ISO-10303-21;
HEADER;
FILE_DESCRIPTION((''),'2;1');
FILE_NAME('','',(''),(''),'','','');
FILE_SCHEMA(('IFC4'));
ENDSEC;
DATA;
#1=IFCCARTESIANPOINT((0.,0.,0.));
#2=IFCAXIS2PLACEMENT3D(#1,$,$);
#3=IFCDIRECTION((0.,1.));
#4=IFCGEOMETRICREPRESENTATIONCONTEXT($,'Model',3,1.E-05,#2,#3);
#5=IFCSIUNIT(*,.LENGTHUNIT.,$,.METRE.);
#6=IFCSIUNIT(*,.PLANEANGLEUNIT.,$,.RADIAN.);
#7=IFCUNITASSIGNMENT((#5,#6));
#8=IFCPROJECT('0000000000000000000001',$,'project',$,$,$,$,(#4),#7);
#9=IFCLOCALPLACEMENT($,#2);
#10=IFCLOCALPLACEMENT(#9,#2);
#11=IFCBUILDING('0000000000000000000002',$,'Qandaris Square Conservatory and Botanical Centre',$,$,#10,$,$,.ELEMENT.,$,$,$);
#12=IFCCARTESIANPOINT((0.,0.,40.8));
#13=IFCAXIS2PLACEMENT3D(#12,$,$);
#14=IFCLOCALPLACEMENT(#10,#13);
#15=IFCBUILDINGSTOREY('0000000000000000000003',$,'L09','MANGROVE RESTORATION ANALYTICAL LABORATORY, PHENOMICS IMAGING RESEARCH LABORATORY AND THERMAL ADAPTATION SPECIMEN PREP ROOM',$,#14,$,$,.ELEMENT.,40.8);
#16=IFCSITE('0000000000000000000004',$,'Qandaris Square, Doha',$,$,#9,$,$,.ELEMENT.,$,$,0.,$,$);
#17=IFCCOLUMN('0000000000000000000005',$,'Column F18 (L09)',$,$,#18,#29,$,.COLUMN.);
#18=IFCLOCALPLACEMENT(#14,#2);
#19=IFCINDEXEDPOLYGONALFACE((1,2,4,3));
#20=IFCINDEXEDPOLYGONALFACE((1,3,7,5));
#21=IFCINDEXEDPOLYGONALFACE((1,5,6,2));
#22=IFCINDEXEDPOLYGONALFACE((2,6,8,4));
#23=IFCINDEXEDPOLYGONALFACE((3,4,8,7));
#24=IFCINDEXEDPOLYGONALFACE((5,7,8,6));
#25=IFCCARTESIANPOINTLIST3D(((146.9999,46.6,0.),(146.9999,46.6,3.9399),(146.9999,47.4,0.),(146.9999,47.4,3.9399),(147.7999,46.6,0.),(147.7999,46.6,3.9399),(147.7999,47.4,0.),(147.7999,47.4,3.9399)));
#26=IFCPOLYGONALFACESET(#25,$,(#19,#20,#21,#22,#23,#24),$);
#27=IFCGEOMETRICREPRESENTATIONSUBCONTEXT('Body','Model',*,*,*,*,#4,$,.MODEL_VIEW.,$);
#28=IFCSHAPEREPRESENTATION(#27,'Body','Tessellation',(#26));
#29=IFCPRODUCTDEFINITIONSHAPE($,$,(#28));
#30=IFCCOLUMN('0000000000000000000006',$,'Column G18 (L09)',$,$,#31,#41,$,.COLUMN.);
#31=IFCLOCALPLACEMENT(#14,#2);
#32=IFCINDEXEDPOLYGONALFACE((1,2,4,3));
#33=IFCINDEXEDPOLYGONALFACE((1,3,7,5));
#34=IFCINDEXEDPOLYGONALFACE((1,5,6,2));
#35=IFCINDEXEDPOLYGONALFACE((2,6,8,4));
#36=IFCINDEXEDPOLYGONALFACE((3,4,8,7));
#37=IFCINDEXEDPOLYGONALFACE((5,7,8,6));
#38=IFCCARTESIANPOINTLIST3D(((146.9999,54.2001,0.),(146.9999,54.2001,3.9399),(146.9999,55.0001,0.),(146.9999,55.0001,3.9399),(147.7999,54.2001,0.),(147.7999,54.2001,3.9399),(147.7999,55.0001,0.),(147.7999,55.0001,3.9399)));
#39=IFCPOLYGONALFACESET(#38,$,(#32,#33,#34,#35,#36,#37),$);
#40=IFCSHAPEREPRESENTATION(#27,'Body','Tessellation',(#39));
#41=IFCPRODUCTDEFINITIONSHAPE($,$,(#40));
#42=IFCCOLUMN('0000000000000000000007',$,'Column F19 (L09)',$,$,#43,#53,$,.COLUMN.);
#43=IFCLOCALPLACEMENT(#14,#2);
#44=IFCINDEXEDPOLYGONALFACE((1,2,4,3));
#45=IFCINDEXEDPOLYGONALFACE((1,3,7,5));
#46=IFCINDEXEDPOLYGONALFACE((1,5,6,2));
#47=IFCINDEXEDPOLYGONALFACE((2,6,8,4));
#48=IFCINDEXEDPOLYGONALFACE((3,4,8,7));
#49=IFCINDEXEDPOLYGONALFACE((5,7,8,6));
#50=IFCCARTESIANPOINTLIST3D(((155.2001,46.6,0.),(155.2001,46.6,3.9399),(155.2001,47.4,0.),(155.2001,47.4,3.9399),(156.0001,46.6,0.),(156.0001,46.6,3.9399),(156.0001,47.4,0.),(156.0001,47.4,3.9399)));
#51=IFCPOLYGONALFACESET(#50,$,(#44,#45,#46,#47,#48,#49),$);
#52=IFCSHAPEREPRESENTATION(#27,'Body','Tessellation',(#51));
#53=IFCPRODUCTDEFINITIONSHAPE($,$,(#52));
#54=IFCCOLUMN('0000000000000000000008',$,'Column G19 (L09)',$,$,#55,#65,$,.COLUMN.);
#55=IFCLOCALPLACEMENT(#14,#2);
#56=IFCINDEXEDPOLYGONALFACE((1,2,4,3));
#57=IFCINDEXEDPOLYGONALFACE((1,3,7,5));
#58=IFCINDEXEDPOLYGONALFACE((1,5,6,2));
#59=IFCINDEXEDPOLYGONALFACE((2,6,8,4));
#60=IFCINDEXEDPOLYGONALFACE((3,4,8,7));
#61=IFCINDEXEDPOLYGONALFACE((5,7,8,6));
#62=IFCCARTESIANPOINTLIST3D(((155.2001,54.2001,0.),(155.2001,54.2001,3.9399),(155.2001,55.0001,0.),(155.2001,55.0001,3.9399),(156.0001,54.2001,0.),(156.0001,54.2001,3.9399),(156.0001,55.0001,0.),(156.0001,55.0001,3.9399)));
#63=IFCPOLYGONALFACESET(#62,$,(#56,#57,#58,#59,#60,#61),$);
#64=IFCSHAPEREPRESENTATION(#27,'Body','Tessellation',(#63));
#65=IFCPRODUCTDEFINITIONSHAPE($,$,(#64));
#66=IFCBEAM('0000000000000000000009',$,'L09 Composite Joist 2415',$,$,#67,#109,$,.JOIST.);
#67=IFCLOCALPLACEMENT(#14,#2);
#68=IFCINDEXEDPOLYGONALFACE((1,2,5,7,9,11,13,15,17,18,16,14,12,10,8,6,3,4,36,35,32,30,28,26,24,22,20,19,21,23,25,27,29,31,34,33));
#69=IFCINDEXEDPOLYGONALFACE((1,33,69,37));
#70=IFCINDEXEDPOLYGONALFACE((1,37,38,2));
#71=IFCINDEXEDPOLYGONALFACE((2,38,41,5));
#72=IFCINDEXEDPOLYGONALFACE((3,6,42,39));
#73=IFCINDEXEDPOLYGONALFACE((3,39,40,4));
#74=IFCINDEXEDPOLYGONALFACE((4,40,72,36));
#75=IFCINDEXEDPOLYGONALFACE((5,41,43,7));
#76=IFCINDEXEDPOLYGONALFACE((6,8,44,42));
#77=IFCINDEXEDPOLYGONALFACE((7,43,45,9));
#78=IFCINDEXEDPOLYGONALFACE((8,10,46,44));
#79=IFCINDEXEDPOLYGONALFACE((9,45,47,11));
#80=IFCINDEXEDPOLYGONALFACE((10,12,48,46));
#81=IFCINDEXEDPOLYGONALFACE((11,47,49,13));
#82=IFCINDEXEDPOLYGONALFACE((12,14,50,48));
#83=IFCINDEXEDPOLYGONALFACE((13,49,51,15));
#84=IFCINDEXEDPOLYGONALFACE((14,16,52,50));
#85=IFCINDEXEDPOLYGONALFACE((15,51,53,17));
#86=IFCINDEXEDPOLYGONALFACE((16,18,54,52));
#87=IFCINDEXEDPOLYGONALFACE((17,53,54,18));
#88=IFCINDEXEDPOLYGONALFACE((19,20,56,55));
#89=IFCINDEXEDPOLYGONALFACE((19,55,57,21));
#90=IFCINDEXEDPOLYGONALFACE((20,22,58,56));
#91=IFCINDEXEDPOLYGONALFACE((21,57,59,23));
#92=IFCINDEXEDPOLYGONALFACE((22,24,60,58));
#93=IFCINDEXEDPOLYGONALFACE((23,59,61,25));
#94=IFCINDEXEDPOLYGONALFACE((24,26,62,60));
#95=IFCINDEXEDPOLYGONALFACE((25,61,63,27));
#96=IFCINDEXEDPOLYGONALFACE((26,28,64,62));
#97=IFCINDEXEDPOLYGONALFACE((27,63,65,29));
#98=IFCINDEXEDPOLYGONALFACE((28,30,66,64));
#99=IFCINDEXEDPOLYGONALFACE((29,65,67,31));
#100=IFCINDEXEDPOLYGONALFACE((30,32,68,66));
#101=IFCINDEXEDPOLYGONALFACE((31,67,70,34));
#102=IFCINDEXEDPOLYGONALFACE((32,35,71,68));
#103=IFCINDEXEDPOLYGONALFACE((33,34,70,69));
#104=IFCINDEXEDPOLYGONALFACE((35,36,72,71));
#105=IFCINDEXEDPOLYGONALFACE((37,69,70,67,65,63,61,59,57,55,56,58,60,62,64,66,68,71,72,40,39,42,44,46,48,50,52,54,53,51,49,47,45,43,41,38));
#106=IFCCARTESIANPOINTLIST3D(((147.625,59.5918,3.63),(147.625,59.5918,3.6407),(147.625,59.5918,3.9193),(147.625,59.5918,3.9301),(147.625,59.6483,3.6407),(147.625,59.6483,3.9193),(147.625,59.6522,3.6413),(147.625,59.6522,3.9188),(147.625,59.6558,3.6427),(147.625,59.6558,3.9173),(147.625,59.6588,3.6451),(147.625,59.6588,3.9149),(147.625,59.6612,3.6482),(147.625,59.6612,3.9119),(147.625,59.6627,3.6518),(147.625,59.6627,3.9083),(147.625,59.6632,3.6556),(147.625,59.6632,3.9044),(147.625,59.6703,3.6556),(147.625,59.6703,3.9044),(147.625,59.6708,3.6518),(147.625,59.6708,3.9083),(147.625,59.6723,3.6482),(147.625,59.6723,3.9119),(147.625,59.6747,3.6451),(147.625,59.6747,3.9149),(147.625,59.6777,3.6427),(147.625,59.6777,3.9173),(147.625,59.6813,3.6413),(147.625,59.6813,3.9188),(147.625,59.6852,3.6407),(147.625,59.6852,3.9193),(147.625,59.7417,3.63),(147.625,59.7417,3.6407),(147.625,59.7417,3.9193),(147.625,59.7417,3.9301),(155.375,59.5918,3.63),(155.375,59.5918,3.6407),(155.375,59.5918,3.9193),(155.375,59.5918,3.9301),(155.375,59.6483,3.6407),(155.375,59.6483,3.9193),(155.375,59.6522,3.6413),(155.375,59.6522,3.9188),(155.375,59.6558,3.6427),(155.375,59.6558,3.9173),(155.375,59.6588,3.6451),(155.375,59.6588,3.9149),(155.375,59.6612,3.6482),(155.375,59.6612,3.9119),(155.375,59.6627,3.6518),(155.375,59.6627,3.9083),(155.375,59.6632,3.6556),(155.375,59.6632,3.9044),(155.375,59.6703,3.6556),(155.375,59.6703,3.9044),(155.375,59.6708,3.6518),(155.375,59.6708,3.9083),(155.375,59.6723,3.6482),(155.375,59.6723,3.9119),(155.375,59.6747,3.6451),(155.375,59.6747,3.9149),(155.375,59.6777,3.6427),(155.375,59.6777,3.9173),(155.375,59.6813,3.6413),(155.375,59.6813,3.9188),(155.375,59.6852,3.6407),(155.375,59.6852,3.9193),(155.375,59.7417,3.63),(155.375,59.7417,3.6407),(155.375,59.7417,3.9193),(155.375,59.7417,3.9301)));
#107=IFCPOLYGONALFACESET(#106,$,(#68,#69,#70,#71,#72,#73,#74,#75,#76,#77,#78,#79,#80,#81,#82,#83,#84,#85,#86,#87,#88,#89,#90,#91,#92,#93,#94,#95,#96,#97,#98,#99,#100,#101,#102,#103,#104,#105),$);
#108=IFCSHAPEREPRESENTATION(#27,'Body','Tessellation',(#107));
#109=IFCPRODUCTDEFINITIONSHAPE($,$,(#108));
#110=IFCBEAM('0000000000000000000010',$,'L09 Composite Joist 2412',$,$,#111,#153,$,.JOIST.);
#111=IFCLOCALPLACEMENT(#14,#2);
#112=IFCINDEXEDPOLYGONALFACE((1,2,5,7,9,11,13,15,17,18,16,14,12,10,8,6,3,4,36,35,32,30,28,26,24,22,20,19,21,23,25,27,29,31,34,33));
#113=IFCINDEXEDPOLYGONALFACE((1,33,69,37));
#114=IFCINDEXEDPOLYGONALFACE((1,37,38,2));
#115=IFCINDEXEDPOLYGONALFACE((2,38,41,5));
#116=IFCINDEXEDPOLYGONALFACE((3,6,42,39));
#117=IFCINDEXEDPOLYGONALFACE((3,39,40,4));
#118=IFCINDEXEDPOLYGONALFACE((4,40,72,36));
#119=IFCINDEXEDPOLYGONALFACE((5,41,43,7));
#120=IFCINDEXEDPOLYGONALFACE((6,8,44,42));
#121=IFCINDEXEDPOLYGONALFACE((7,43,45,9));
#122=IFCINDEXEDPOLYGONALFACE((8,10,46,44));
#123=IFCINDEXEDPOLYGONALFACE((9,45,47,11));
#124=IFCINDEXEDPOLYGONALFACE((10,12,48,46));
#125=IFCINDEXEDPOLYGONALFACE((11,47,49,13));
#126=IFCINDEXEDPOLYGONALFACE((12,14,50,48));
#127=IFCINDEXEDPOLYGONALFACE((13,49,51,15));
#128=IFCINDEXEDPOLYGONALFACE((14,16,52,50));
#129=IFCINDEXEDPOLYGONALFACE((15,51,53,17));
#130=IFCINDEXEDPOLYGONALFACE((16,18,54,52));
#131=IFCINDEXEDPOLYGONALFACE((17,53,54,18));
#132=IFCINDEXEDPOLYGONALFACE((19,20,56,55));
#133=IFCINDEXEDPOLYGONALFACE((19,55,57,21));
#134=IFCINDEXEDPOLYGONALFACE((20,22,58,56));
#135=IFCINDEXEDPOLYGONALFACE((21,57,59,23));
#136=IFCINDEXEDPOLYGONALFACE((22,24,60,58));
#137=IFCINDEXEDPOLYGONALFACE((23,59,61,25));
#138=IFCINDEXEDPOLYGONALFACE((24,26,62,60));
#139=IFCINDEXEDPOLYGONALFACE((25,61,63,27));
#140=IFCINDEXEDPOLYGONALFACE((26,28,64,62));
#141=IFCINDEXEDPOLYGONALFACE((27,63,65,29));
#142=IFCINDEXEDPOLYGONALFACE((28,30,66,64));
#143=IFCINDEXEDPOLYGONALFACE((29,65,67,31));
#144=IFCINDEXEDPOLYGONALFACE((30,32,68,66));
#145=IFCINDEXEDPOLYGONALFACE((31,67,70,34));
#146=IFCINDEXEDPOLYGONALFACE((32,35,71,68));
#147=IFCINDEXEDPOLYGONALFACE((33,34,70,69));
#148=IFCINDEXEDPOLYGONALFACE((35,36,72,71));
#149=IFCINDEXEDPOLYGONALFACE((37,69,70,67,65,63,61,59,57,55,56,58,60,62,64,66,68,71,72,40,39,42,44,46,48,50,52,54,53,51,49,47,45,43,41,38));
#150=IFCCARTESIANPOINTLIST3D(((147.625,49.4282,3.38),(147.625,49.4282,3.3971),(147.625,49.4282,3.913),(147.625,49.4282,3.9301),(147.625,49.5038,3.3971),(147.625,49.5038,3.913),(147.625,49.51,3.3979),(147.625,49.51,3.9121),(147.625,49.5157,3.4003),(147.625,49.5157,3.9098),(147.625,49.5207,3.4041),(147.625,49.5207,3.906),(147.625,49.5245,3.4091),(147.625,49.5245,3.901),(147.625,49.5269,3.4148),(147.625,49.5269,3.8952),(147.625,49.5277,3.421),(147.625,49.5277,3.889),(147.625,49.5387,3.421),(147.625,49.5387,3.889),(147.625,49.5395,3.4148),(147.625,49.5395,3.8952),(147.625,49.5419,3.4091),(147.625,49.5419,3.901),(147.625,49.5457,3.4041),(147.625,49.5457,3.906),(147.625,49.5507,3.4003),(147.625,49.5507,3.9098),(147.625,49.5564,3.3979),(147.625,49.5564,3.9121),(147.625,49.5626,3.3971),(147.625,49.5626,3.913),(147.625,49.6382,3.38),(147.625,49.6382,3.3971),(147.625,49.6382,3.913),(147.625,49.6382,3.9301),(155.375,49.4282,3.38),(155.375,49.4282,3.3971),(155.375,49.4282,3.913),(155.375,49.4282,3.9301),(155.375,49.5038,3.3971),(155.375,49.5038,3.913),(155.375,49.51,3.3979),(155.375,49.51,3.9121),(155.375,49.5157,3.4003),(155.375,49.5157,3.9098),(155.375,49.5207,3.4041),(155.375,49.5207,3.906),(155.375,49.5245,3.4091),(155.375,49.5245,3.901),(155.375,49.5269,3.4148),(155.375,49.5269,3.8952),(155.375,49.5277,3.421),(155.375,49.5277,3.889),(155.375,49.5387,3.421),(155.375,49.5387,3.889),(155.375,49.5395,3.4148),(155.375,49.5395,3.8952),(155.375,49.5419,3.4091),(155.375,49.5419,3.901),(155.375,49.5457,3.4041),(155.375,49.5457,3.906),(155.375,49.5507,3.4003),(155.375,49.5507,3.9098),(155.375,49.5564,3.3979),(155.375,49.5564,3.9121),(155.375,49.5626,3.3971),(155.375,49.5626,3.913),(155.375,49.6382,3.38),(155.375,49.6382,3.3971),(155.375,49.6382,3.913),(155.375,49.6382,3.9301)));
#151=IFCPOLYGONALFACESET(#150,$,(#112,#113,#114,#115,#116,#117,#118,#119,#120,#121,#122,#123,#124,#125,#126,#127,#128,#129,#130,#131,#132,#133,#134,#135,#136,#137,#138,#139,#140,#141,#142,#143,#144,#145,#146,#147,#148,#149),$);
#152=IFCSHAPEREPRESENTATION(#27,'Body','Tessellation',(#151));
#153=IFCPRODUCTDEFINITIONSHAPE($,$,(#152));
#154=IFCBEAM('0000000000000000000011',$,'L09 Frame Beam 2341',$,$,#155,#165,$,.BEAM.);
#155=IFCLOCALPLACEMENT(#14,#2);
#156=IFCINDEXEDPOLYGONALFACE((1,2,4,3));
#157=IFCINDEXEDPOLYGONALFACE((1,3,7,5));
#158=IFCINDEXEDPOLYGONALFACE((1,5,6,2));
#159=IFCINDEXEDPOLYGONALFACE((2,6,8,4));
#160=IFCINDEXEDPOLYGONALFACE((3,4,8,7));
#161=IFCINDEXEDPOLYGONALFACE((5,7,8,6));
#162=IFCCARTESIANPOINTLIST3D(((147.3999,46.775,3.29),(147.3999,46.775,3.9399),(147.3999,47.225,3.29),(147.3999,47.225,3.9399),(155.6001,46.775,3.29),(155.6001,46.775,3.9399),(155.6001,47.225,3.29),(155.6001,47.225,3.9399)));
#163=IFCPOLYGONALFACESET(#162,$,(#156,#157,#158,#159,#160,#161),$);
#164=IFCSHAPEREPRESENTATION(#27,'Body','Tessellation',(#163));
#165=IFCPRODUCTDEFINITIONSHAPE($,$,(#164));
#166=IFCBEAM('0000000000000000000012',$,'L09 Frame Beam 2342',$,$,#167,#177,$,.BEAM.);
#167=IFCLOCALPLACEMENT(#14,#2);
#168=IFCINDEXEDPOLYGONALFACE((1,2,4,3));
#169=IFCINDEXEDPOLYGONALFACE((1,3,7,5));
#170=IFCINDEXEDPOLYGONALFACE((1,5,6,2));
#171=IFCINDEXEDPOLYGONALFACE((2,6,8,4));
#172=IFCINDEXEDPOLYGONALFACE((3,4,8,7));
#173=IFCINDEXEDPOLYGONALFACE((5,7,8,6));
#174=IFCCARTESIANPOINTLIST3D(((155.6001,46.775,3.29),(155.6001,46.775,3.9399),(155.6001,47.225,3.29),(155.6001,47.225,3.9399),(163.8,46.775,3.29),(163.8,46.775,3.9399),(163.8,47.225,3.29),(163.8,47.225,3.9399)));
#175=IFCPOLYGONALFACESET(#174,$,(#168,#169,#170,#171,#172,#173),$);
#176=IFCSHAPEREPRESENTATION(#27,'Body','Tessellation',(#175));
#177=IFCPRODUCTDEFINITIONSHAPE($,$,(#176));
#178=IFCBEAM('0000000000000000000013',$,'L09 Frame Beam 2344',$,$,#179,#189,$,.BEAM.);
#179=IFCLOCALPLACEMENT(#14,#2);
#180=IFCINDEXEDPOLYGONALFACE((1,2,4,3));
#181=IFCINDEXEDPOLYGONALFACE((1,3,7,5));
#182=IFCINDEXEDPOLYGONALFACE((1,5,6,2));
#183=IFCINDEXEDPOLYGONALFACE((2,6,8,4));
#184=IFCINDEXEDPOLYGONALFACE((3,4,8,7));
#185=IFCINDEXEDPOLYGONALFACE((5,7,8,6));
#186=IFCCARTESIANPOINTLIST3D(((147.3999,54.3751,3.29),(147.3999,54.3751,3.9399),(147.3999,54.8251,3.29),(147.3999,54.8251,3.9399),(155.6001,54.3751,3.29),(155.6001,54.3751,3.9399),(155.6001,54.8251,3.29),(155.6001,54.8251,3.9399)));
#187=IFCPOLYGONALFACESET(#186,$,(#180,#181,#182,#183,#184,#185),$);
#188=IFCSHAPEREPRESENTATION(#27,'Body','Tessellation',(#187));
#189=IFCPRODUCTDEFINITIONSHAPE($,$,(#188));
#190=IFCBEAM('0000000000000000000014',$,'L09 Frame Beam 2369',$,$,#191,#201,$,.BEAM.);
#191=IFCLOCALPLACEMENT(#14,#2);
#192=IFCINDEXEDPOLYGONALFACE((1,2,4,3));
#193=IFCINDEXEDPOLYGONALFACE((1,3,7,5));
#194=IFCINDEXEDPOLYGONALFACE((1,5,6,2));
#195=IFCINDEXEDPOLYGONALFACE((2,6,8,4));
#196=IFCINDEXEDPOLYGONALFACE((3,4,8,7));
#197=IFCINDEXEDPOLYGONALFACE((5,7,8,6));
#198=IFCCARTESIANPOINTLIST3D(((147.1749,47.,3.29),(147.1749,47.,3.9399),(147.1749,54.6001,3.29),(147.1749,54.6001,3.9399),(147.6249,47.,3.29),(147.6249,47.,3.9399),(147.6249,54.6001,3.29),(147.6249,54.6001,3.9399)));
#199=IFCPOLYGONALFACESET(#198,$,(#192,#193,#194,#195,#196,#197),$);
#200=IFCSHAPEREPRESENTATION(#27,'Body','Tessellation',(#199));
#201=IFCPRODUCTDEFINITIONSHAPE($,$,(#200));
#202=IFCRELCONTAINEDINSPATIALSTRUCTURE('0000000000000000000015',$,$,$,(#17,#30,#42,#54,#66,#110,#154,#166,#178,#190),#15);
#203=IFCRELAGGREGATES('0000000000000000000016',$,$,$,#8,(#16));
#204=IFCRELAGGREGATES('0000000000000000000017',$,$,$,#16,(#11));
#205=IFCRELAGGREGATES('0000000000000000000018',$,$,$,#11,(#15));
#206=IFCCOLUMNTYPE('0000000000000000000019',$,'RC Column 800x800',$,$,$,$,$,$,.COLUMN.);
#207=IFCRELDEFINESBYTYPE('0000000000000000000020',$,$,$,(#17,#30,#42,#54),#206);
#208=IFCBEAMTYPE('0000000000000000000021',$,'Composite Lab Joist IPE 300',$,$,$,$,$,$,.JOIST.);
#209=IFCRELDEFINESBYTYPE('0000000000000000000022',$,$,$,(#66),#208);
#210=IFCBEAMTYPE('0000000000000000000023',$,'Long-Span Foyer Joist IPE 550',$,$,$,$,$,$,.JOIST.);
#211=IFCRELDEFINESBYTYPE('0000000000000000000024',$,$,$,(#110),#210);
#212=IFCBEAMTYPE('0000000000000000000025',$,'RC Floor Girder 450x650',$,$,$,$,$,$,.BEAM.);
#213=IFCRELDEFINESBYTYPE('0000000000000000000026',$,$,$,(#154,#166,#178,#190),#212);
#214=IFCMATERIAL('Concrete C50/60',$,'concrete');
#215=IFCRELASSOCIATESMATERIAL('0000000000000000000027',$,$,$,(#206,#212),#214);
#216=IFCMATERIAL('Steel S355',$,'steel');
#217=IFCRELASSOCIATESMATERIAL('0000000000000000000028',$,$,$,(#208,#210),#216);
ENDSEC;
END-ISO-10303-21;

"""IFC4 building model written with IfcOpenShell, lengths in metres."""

from ifc_helpers import new_model, si_unit, direction, frame, origin, origin_2d, place, context, subcontext, project, spatial, rectangle, i_section, extrude, material, material_profile, profile_set, type_object, element, save


model = new_model("IFC4")

# Units and contexts
model_context = context("Model", 3, precision=1e-05, world=origin(), true_north=direction((0.0, 1.0)))
body_context = subcontext(model_context, "Body", "Model", "MODEL_VIEW")
ifc_project = project(units=[si_unit("LENGTHUNIT", "METRE"), si_unit("PLANEANGLEUNIT", "RADIAN")], contexts=[model_context])

# Site, building, storey
site_placement = place(None, origin())
site = spatial("IfcSite", under=ifc_project, at=site_placement, Name="Qandaris Square, Doha", CompositionType="ELEMENT", RefElevation=0.0)
building_placement = place(site_placement, origin())
building = spatial("IfcBuilding", under=site, at=building_placement, Name="Qandaris Square Conservatory and Botanical Centre", CompositionType="ELEMENT")
storey_placement = place(building_placement, frame((0.0, 0.0, 40.8)))
storey = spatial("IfcBuildingStorey", under=building, at=storey_placement, Name="L09", Description="MANGROVE RESTORATION ANALYTICAL LABORATORY, PHENOMICS IMAGING RESEARCH LABORATORY AND THERMAL ADAPTATION SPECIMEN PREP ROOM", CompositionType="ELEMENT", Elevation=40.8)

# Columns
ifc_material_1 = material(Name="Concrete C50/60", Category="concrete")
ifc_material_profile_1 = material_profile(ifc_material_1, rectangle(XDim=0.8, YDim=0.8, at=origin_2d()), Name="RC-COL 800x800")
ifc_profile_set_1 = profile_set([ifc_material_profile_1], Name="Concrete C50/60")
column_type = type_object("IfcColumnType", Name="RC Column 800x800", PredefinedType="COLUMN", material=ifc_profile_set_1)
for number, where, z_axis, x_axis, name in (
    (1, (147.3999, 47.0, 0.0), (0.0, 0.0, 1.0), (1.0, 0.0, 0.0), "Column F18 (L09)"),
    (2, (147.3999, 54.6001, 0.0), (0.0, 0.0, 1.0), (1.0, 0.0, 0.0), "Column G18 (L09)"),
    (3, (155.6001, 47.0, 0.0), (0.0, 0.0, 1.0), (1.0, 0.0, 0.0), "Column F19 (L09)"),
    (4, (155.6001, 54.6001, 0.0), (0.0, 0.0, 1.0), (1.0, 0.0, 0.0), "Column G19 (L09)"),
):
    element("IfcColumn", number, at=place(storey_placement, frame(where, z_axis=z_axis, x_axis=x_axis)), inside=storey, type_object=column_type, Name=name, PredefinedType="COLUMN", context=body_context, shape_type="SweptSolid", body=[
        extrude(rectangle(XDim=0.8, YDim=0.8, at=origin_2d()), origin(), (0.0, 0.0, 1.0), 3.9399),
    ])

# Beams
ifc_material_2 = material(Name="Steel S355", Category="steel")
ifc_material_profile_2 = material_profile(ifc_material_2, i_section(OverallWidth=0.1499, OverallDepth=0.3, WebThickness=0.0071, FlangeThickness=0.0107, FilletRadius=0.0149, at=origin_2d()), Name="IPE 300")
ifc_profile_set_2 = profile_set([ifc_material_profile_2], Name="Steel S355")
beam_type_1 = type_object("IfcBeamType", Name="Composite Lab Joist IPE 300", PredefinedType="JOIST", material=ifc_profile_set_2)
beam_1_placement = place(storey_placement, frame((147.625, 59.6667, 3.78), z_axis=(1.0, 0.0, 0.0), x_axis=(0.0, 1.0, 0.0)))
element("IfcBeam", 5, at=beam_1_placement, inside=storey, type_object=beam_type_1, Name="L09 Composite Joist 2415", PredefinedType="JOIST", context=body_context, shape_type="SweptSolid", body=[
    extrude(i_section(OverallWidth=0.1499, OverallDepth=0.3, WebThickness=0.0071, FlangeThickness=0.0107, FilletRadius=0.0149, at=origin_2d()), origin(), (0.0, 0.0, 1.0), 7.75),
])
ifc_material_profile_3 = material_profile(ifc_material_2, i_section(OverallWidth=0.21, OverallDepth=0.55, WebThickness=0.011, FlangeThickness=0.0171, FilletRadius=0.0239, at=origin_2d()), Name="IPE 550")
ifc_profile_set_3 = profile_set([ifc_material_profile_3], Name="Steel S355")
beam_type_2 = type_object("IfcBeamType", Name="Long-Span Foyer Joist IPE 550", PredefinedType="JOIST", material=ifc_profile_set_3)
beam_2_placement = place(storey_placement, frame((147.625, 49.5332, 3.655), z_axis=(1.0, 0.0, 0.0), x_axis=(0.0, 1.0, 0.0)))
element("IfcBeam", 6, at=beam_2_placement, inside=storey, type_object=beam_type_2, Name="L09 Composite Joist 2412", PredefinedType="JOIST", context=body_context, shape_type="SweptSolid", body=[
    extrude(i_section(OverallWidth=0.21, OverallDepth=0.55, WebThickness=0.011, FlangeThickness=0.0171, FilletRadius=0.0239, at=origin_2d()), origin(), (0.0, 0.0, 1.0), 7.75),
])
ifc_material_profile_4 = material_profile(ifc_material_1, rectangle(XDim=0.45, YDim=0.6499, at=origin_2d()), Name="RC-BM 450x650")
ifc_profile_set_4 = profile_set([ifc_material_profile_4], Name="Concrete C50/60")
beam_type_3 = type_object("IfcBeamType", Name="RC Floor Girder 450x650", PredefinedType="BEAM", material=ifc_profile_set_4)
beam_3_placement = place(storey_placement, frame((147.3999, 47.0, 3.615), z_axis=(1.0, 0.0, 0.0), x_axis=(0.0, 1.0, 0.0)))
element("IfcBeam", 7, at=beam_3_placement, inside=storey, type_object=beam_type_3, Name="L09 Frame Beam 2341", PredefinedType="BEAM", context=body_context, shape_type="SweptSolid", body=[
    extrude(rectangle(XDim=0.45, YDim=0.6499, at=origin_2d()), origin(), (0.0, 0.0, 1.0), 8.2002),
])
beam_4_placement = place(storey_placement, frame((155.6001, 47.0, 3.615), z_axis=(1.0, 0.0, 0.0), x_axis=(0.0, 1.0, 0.0)))
element("IfcBeam", 8, at=beam_4_placement, inside=storey, type_object=beam_type_3, Name="L09 Frame Beam 2342", PredefinedType="BEAM", context=body_context, shape_type="SweptSolid", body=[
    extrude(rectangle(XDim=0.45, YDim=0.6499, at=origin_2d()), origin(), (0.0, 0.0, 1.0), 8.2),
])
beam_5_placement = place(storey_placement, frame((147.3999, 54.6001, 3.615), z_axis=(1.0, 0.0, 0.0), x_axis=(0.0, 1.0, 0.0)))
element("IfcBeam", 9, at=beam_5_placement, inside=storey, type_object=beam_type_3, Name="L09 Frame Beam 2344", PredefinedType="BEAM", context=body_context, shape_type="SweptSolid", body=[
    extrude(rectangle(XDim=0.45, YDim=0.6499, at=origin_2d()), origin(), (0.0, 0.0, 1.0), 8.2002),
])
beam_6_placement = place(storey_placement, frame((147.3999, 47.0, 3.615), z_axis=(0.0, 1.0, 0.0), x_axis=(-1.0, 0.0, 0.0)))
element("IfcBeam", 10, at=beam_6_placement, inside=storey, type_object=beam_type_3, Name="L09 Frame Beam 2369", PredefinedType="BEAM", context=body_context, shape_type="SweptSolid", body=[
    extrude(rectangle(XDim=0.45, YDim=0.6499, at=origin_2d()), origin(), (0.0, 0.0, 1.0), 7.6001),
])

save(model, "model.ifc")
